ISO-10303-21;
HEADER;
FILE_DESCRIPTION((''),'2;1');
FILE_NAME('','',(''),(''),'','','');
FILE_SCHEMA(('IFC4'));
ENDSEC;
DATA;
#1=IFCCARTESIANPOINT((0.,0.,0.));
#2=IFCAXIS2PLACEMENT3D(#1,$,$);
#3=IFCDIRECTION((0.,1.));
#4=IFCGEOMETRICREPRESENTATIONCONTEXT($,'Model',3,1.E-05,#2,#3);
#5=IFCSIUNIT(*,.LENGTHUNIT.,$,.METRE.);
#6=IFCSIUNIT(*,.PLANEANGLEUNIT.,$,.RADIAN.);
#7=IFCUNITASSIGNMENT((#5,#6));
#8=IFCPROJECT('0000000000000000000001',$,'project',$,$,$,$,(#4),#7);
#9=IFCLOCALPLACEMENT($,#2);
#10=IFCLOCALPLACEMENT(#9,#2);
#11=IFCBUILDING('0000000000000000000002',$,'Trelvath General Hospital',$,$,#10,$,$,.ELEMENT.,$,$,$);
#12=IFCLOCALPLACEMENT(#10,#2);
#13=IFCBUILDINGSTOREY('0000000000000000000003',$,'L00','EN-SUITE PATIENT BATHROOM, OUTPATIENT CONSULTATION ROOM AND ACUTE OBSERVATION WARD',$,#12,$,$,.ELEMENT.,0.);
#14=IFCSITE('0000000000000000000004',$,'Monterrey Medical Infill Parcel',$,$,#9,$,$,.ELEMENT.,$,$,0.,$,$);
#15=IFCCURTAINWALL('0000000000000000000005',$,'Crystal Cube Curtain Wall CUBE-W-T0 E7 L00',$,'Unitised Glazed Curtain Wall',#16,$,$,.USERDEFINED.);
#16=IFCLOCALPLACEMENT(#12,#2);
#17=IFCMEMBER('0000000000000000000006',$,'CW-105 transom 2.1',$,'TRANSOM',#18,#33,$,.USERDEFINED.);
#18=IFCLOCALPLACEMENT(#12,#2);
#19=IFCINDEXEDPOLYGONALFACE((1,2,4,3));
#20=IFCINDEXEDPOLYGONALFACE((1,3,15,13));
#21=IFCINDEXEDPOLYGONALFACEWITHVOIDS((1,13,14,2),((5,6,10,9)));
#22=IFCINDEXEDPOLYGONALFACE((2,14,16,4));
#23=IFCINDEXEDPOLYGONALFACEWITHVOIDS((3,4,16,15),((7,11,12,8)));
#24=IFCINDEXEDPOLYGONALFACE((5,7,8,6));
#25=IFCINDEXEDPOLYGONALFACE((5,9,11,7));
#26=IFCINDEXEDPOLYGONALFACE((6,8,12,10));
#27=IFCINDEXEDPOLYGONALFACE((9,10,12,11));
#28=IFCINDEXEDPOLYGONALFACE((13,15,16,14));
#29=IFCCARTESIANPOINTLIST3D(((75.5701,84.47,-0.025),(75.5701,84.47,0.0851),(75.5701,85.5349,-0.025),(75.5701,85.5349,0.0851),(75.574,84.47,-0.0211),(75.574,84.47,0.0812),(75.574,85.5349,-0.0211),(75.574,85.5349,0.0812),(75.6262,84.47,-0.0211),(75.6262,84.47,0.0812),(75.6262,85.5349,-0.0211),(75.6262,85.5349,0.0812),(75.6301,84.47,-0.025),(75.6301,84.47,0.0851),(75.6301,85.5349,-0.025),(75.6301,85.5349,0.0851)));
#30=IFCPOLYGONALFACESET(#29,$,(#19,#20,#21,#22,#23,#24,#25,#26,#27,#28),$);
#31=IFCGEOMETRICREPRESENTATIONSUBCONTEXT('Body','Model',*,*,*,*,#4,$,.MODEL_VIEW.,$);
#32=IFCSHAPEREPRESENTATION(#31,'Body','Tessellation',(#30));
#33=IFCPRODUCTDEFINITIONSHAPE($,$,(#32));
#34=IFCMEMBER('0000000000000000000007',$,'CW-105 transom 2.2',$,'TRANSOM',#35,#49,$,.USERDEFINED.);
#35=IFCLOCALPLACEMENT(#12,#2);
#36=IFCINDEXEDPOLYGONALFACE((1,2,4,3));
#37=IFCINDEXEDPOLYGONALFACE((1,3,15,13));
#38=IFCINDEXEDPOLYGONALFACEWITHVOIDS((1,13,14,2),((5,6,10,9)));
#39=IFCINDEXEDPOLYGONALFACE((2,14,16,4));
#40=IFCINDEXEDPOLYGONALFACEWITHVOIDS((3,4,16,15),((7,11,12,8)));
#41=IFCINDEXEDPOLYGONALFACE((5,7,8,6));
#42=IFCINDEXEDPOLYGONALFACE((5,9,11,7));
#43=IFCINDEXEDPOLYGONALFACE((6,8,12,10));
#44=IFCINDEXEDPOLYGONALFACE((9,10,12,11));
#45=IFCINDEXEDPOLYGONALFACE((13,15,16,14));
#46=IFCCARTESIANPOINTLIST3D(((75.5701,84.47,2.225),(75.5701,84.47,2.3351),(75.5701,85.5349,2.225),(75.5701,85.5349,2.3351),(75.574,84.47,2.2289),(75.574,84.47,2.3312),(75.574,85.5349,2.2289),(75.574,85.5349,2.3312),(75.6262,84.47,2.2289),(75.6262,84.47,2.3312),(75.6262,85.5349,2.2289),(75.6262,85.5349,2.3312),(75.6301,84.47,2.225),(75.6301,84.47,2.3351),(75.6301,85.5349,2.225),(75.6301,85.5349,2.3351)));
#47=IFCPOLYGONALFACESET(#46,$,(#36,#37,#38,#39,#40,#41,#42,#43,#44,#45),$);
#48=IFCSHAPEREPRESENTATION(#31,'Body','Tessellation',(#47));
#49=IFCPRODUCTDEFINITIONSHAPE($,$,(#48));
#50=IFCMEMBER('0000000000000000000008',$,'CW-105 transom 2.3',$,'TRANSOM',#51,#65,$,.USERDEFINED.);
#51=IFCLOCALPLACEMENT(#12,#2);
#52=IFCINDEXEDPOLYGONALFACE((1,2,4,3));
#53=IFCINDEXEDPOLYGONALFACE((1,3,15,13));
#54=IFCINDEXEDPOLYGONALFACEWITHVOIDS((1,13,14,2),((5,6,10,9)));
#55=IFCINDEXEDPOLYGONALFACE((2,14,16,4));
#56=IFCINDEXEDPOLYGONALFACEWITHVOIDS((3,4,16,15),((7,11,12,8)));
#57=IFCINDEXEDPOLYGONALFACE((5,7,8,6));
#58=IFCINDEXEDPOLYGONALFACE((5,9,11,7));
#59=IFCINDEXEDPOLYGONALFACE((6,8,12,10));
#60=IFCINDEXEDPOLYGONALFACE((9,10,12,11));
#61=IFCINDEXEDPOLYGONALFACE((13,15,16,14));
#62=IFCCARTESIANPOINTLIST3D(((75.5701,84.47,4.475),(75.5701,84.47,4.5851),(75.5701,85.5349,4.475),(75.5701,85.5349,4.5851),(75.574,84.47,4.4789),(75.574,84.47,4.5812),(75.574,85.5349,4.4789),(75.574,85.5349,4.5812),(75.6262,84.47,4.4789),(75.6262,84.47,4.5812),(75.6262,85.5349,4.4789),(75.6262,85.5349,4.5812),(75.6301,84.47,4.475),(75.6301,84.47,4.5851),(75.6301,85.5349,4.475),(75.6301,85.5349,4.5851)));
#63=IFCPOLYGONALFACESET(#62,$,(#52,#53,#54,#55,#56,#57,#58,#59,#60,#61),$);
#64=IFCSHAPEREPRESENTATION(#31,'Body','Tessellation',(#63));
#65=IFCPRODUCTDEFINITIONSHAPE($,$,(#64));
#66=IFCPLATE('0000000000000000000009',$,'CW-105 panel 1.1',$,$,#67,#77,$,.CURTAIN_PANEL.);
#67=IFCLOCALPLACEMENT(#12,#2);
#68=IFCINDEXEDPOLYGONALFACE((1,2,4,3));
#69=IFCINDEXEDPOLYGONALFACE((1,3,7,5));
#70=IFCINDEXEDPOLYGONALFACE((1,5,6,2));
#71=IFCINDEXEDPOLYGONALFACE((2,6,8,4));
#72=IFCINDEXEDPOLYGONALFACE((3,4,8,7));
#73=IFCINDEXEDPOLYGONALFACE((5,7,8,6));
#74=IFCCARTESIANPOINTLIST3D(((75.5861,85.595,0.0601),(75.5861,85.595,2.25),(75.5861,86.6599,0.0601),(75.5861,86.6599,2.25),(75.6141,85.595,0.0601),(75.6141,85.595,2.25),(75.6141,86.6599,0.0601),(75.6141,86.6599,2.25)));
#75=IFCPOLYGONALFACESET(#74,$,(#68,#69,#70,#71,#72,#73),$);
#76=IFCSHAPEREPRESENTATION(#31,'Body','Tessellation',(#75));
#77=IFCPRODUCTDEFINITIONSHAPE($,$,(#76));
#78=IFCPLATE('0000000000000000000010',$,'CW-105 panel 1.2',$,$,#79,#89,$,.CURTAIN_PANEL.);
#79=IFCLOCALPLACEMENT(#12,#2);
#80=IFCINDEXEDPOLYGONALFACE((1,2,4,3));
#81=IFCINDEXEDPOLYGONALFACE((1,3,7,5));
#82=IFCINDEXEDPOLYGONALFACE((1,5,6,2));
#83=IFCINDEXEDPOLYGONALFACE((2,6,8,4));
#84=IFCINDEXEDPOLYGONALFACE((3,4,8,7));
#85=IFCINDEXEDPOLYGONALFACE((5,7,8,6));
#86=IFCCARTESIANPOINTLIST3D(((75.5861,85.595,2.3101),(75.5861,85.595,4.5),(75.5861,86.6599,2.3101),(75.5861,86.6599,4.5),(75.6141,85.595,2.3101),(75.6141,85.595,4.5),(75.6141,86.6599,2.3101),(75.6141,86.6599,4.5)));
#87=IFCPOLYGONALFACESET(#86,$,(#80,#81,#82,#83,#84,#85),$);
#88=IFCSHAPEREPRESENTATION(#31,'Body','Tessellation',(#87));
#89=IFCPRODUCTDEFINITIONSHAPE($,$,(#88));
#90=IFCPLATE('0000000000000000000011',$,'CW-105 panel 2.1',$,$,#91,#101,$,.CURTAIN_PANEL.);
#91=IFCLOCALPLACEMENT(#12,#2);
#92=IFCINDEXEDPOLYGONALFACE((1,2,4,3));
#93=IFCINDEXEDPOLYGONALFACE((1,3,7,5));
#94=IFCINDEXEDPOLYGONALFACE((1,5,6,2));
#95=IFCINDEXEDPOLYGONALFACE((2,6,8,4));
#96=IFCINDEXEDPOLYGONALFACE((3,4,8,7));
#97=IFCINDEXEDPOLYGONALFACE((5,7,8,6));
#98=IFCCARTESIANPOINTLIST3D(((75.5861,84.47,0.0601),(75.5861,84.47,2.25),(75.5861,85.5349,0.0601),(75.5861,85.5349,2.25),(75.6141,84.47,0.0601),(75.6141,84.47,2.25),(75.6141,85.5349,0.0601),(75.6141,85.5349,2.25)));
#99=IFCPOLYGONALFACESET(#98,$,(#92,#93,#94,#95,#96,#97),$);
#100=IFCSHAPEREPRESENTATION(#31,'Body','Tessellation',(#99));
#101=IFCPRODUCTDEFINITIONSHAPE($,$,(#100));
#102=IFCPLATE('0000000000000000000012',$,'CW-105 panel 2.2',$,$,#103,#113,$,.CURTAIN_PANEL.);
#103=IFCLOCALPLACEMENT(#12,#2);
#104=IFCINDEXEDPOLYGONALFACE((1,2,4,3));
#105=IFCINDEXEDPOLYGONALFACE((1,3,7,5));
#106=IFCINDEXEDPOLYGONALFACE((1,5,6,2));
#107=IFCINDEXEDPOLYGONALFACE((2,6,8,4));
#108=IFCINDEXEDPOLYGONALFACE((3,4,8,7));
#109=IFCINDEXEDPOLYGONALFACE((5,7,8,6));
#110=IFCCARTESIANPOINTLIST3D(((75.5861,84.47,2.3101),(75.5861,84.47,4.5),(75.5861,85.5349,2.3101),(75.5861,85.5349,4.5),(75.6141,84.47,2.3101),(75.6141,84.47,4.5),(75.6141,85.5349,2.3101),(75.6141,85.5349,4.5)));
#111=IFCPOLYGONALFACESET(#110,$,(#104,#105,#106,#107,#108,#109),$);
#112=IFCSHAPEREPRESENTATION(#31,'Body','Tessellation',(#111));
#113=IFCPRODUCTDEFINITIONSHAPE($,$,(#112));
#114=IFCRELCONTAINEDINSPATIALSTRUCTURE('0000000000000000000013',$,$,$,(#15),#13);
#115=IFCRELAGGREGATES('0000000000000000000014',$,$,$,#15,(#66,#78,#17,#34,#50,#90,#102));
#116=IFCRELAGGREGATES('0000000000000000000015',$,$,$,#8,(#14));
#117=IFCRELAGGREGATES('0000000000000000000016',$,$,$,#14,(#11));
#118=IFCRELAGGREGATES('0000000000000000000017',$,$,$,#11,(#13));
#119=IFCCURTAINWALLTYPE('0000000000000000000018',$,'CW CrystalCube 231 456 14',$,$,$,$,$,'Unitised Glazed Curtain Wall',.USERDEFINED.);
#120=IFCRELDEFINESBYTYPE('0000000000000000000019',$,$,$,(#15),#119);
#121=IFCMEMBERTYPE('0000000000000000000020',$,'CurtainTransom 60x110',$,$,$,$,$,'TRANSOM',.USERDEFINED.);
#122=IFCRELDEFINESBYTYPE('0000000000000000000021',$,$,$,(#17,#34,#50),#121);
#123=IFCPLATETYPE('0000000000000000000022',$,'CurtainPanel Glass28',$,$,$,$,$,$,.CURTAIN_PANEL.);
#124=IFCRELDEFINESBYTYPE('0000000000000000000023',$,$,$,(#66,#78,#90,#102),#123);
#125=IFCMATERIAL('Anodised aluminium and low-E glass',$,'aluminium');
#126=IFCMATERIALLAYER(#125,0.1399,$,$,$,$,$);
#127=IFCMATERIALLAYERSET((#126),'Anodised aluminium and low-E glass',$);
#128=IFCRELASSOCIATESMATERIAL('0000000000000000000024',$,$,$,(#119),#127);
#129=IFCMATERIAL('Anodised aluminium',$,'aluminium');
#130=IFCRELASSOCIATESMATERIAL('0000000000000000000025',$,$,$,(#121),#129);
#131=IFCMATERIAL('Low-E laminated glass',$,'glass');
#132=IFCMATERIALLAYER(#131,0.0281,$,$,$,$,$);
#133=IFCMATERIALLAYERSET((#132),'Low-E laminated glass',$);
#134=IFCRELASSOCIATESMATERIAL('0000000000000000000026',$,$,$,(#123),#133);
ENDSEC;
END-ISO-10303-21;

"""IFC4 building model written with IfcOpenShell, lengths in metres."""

from ifc_helpers import new_model, si_unit, direction, frame, origin, origin_2d, place, context, subcontext, project, spatial, rectangle, hollow_rectangle, extrude, material, layer, layer_set, material_profile, profile_set, type_object, element, aggregate, save


model = new_model("IFC4")

# Units and contexts
model_context = context("Model", 3, precision=1e-05, world=origin(), true_north=direction((0.0, 1.0)))
body_context = subcontext(model_context, "Body", "Model", "MODEL_VIEW")
ifc_project = project(units=[si_unit("LENGTHUNIT", "METRE"), si_unit("PLANEANGLEUNIT", "RADIAN")], contexts=[model_context])

# Site, building, storey
site_placement = place(None, origin())
site = spatial("IfcSite", under=ifc_project, at=site_placement, Name="Monterrey Medical Infill Parcel", CompositionType="ELEMENT", RefElevation=0.0)
building_placement = place(site_placement, origin())
building = spatial("IfcBuilding", under=site, at=building_placement, Name="Trelvath General Hospital", CompositionType="ELEMENT")
storey_placement = place(building_placement, origin())
storey = spatial("IfcBuildingStorey", under=building, at=storey_placement, Name="L00", Description="EN-SUITE PATIENT BATHROOM, OUTPATIENT CONSULTATION ROOM AND ACUTE OBSERVATION WARD", CompositionType="ELEMENT", Elevation=0.0)

# Curtain wall, members, plates
ifc_material_1 = material(Name="Anodised aluminium and low-E glass", Category="aluminium")
ifc_layer_1 = layer(ifc_material_1, 0.1399)
ifc_layer_set_1 = layer_set([ifc_layer_1], Name="Anodised aluminium and low-E glass")
curtain_wall_type = type_object("IfcCurtainWallType", Name="CW CrystalCube 231 456 14", ElementType="Unitised Glazed Curtain Wall", PredefinedType="USERDEFINED", material=ifc_layer_set_1)
curtain_wall_placement = place(storey_placement, origin())
curtain_wall = element("IfcCurtainWall", 1, at=curtain_wall_placement, inside=storey, type_object=curtain_wall_type, Name="Crystal Cube Curtain Wall CUBE-W-T0 E7 L00", ObjectType="Unitised Glazed Curtain Wall", PredefinedType="USERDEFINED")
ifc_material_2 = material(Name="Anodised aluminium", Category="aluminium")
ifc_material_profile_1 = material_profile(ifc_material_2, hollow_rectangle(XDim=0.0601, YDim=0.1101, WallThickness=0.0039, at=origin_2d()), Name="RHS60x110x4")
ifc_profile_set_1 = profile_set([ifc_material_profile_1], Name="Anodised aluminium")
member_type_1 = type_object("IfcMemberType", Name="CurtainTransom 60x110", ElementType="TRANSOM", PredefinedType="USERDEFINED", material=ifc_profile_set_1)
member_1_placement = place(storey_placement, frame((75.6001, 85.5349, 0.03), z_axis=(0.0, -1.0, 0.0), x_axis=(1.0, 0.0, 0.0)))
member_1 = element("IfcMember", 2, at=member_1_placement, type_object=member_type_1, Name="CW-105 transom 2.1", ObjectType="TRANSOM", PredefinedType="USERDEFINED", context=body_context, shape_type="SweptSolid", body=[
    extrude(hollow_rectangle(XDim=0.0601, YDim=0.1101, WallThickness=0.0039, at=origin_2d()), origin(), (0.0, 0.0, 1.0), 1.0649),
])
member_2_placement = place(storey_placement, frame((75.6001, 85.5349, 2.28), z_axis=(0.0, -1.0, 0.0), x_axis=(1.0, 0.0, 0.0)))
member_2 = element("IfcMember", 3, at=member_2_placement, type_object=member_type_1, Name="CW-105 transom 2.2", ObjectType="TRANSOM", PredefinedType="USERDEFINED", context=body_context, shape_type="SweptSolid", body=[
    extrude(hollow_rectangle(XDim=0.0601, YDim=0.1101, WallThickness=0.0039, at=origin_2d()), origin(), (0.0, 0.0, 1.0), 1.0649),
])
member_3_placement = place(storey_placement, frame((75.6001, 85.5349, 4.53), z_axis=(0.0, -1.0, 0.0), x_axis=(1.0, 0.0, 0.0)))
member_3 = element("IfcMember", 4, at=member_3_placement, type_object=member_type_1, Name="CW-105 transom 2.3", ObjectType="TRANSOM", PredefinedType="USERDEFINED", context=body_context, shape_type="SweptSolid", body=[
    extrude(hollow_rectangle(XDim=0.0601, YDim=0.1101, WallThickness=0.0039, at=origin_2d()), origin(), (0.0, 0.0, 1.0), 1.0649),
])
ifc_material_3 = material(Name="Low-E laminated glass", Category="glass")
ifc_layer_2 = layer(ifc_material_3, 0.0281)
ifc_layer_set_2 = layer_set([ifc_layer_2], Name="Low-E laminated glass")
plate_type = type_object("IfcPlateType", Name="CurtainPanel Glass28", PredefinedType="CURTAIN_PANEL", material=ifc_layer_set_2)
plate_1_placement = place(storey_placement, frame((75.6001, 86.1274, 0.0601), z_axis=(0.0, 0.0, 1.0), x_axis=(0.0, -1.0, 0.0)))
plate_1 = element("IfcPlate", 5, at=plate_1_placement, type_object=plate_type, Name="CW-105 panel 1.1", PredefinedType="CURTAIN_PANEL", context=body_context, shape_type="SweptSolid", body=[
    extrude(rectangle(XDim=1.0649, YDim=0.0281, at=origin_2d()), origin(), (0.0, 0.0, 1.0), 2.1899),
])
plate_2_placement = place(storey_placement, frame((75.6001, 86.1274, 2.3101), z_axis=(0.0, 0.0, 1.0), x_axis=(0.0, -1.0, 0.0)))
plate_2 = element("IfcPlate", 6, at=plate_2_placement, type_object=plate_type, Name="CW-105 panel 1.2", PredefinedType="CURTAIN_PANEL", context=body_context, shape_type="SweptSolid", body=[
    extrude(rectangle(XDim=1.0649, YDim=0.0281, at=origin_2d()), origin(), (0.0, 0.0, 1.0), 2.1899),
])
plate_3_placement = place(storey_placement, frame((75.6001, 85.0024, 0.0601), z_axis=(0.0, 0.0, 1.0), x_axis=(0.0, -1.0, 0.0)))
plate_3 = element("IfcPlate", 7, at=plate_3_placement, type_object=plate_type, Name="CW-105 panel 2.1", PredefinedType="CURTAIN_PANEL", context=body_context, shape_type="SweptSolid", body=[
    extrude(rectangle(XDim=1.0649, YDim=0.0281, at=origin_2d()), origin(), (0.0, 0.0, 1.0), 2.1899),
])
plate_4_placement = place(storey_placement, frame((75.6001, 85.0024, 2.3101), z_axis=(0.0, 0.0, 1.0), x_axis=(0.0, -1.0, 0.0)))
plate_4 = element("IfcPlate", 8, at=plate_4_placement, type_object=plate_type, Name="CW-105 panel 2.2", PredefinedType="CURTAIN_PANEL", context=body_context, shape_type="SweptSolid", body=[
    extrude(rectangle(XDim=1.0649, YDim=0.0281, at=origin_2d()), origin(), (0.0, 0.0, 1.0), 2.1899),
])
aggregate(curtain_wall, [plate_1, plate_2, member_1, member_2, member_3, plate_3, plate_4])

save(model, "model.ifc")
